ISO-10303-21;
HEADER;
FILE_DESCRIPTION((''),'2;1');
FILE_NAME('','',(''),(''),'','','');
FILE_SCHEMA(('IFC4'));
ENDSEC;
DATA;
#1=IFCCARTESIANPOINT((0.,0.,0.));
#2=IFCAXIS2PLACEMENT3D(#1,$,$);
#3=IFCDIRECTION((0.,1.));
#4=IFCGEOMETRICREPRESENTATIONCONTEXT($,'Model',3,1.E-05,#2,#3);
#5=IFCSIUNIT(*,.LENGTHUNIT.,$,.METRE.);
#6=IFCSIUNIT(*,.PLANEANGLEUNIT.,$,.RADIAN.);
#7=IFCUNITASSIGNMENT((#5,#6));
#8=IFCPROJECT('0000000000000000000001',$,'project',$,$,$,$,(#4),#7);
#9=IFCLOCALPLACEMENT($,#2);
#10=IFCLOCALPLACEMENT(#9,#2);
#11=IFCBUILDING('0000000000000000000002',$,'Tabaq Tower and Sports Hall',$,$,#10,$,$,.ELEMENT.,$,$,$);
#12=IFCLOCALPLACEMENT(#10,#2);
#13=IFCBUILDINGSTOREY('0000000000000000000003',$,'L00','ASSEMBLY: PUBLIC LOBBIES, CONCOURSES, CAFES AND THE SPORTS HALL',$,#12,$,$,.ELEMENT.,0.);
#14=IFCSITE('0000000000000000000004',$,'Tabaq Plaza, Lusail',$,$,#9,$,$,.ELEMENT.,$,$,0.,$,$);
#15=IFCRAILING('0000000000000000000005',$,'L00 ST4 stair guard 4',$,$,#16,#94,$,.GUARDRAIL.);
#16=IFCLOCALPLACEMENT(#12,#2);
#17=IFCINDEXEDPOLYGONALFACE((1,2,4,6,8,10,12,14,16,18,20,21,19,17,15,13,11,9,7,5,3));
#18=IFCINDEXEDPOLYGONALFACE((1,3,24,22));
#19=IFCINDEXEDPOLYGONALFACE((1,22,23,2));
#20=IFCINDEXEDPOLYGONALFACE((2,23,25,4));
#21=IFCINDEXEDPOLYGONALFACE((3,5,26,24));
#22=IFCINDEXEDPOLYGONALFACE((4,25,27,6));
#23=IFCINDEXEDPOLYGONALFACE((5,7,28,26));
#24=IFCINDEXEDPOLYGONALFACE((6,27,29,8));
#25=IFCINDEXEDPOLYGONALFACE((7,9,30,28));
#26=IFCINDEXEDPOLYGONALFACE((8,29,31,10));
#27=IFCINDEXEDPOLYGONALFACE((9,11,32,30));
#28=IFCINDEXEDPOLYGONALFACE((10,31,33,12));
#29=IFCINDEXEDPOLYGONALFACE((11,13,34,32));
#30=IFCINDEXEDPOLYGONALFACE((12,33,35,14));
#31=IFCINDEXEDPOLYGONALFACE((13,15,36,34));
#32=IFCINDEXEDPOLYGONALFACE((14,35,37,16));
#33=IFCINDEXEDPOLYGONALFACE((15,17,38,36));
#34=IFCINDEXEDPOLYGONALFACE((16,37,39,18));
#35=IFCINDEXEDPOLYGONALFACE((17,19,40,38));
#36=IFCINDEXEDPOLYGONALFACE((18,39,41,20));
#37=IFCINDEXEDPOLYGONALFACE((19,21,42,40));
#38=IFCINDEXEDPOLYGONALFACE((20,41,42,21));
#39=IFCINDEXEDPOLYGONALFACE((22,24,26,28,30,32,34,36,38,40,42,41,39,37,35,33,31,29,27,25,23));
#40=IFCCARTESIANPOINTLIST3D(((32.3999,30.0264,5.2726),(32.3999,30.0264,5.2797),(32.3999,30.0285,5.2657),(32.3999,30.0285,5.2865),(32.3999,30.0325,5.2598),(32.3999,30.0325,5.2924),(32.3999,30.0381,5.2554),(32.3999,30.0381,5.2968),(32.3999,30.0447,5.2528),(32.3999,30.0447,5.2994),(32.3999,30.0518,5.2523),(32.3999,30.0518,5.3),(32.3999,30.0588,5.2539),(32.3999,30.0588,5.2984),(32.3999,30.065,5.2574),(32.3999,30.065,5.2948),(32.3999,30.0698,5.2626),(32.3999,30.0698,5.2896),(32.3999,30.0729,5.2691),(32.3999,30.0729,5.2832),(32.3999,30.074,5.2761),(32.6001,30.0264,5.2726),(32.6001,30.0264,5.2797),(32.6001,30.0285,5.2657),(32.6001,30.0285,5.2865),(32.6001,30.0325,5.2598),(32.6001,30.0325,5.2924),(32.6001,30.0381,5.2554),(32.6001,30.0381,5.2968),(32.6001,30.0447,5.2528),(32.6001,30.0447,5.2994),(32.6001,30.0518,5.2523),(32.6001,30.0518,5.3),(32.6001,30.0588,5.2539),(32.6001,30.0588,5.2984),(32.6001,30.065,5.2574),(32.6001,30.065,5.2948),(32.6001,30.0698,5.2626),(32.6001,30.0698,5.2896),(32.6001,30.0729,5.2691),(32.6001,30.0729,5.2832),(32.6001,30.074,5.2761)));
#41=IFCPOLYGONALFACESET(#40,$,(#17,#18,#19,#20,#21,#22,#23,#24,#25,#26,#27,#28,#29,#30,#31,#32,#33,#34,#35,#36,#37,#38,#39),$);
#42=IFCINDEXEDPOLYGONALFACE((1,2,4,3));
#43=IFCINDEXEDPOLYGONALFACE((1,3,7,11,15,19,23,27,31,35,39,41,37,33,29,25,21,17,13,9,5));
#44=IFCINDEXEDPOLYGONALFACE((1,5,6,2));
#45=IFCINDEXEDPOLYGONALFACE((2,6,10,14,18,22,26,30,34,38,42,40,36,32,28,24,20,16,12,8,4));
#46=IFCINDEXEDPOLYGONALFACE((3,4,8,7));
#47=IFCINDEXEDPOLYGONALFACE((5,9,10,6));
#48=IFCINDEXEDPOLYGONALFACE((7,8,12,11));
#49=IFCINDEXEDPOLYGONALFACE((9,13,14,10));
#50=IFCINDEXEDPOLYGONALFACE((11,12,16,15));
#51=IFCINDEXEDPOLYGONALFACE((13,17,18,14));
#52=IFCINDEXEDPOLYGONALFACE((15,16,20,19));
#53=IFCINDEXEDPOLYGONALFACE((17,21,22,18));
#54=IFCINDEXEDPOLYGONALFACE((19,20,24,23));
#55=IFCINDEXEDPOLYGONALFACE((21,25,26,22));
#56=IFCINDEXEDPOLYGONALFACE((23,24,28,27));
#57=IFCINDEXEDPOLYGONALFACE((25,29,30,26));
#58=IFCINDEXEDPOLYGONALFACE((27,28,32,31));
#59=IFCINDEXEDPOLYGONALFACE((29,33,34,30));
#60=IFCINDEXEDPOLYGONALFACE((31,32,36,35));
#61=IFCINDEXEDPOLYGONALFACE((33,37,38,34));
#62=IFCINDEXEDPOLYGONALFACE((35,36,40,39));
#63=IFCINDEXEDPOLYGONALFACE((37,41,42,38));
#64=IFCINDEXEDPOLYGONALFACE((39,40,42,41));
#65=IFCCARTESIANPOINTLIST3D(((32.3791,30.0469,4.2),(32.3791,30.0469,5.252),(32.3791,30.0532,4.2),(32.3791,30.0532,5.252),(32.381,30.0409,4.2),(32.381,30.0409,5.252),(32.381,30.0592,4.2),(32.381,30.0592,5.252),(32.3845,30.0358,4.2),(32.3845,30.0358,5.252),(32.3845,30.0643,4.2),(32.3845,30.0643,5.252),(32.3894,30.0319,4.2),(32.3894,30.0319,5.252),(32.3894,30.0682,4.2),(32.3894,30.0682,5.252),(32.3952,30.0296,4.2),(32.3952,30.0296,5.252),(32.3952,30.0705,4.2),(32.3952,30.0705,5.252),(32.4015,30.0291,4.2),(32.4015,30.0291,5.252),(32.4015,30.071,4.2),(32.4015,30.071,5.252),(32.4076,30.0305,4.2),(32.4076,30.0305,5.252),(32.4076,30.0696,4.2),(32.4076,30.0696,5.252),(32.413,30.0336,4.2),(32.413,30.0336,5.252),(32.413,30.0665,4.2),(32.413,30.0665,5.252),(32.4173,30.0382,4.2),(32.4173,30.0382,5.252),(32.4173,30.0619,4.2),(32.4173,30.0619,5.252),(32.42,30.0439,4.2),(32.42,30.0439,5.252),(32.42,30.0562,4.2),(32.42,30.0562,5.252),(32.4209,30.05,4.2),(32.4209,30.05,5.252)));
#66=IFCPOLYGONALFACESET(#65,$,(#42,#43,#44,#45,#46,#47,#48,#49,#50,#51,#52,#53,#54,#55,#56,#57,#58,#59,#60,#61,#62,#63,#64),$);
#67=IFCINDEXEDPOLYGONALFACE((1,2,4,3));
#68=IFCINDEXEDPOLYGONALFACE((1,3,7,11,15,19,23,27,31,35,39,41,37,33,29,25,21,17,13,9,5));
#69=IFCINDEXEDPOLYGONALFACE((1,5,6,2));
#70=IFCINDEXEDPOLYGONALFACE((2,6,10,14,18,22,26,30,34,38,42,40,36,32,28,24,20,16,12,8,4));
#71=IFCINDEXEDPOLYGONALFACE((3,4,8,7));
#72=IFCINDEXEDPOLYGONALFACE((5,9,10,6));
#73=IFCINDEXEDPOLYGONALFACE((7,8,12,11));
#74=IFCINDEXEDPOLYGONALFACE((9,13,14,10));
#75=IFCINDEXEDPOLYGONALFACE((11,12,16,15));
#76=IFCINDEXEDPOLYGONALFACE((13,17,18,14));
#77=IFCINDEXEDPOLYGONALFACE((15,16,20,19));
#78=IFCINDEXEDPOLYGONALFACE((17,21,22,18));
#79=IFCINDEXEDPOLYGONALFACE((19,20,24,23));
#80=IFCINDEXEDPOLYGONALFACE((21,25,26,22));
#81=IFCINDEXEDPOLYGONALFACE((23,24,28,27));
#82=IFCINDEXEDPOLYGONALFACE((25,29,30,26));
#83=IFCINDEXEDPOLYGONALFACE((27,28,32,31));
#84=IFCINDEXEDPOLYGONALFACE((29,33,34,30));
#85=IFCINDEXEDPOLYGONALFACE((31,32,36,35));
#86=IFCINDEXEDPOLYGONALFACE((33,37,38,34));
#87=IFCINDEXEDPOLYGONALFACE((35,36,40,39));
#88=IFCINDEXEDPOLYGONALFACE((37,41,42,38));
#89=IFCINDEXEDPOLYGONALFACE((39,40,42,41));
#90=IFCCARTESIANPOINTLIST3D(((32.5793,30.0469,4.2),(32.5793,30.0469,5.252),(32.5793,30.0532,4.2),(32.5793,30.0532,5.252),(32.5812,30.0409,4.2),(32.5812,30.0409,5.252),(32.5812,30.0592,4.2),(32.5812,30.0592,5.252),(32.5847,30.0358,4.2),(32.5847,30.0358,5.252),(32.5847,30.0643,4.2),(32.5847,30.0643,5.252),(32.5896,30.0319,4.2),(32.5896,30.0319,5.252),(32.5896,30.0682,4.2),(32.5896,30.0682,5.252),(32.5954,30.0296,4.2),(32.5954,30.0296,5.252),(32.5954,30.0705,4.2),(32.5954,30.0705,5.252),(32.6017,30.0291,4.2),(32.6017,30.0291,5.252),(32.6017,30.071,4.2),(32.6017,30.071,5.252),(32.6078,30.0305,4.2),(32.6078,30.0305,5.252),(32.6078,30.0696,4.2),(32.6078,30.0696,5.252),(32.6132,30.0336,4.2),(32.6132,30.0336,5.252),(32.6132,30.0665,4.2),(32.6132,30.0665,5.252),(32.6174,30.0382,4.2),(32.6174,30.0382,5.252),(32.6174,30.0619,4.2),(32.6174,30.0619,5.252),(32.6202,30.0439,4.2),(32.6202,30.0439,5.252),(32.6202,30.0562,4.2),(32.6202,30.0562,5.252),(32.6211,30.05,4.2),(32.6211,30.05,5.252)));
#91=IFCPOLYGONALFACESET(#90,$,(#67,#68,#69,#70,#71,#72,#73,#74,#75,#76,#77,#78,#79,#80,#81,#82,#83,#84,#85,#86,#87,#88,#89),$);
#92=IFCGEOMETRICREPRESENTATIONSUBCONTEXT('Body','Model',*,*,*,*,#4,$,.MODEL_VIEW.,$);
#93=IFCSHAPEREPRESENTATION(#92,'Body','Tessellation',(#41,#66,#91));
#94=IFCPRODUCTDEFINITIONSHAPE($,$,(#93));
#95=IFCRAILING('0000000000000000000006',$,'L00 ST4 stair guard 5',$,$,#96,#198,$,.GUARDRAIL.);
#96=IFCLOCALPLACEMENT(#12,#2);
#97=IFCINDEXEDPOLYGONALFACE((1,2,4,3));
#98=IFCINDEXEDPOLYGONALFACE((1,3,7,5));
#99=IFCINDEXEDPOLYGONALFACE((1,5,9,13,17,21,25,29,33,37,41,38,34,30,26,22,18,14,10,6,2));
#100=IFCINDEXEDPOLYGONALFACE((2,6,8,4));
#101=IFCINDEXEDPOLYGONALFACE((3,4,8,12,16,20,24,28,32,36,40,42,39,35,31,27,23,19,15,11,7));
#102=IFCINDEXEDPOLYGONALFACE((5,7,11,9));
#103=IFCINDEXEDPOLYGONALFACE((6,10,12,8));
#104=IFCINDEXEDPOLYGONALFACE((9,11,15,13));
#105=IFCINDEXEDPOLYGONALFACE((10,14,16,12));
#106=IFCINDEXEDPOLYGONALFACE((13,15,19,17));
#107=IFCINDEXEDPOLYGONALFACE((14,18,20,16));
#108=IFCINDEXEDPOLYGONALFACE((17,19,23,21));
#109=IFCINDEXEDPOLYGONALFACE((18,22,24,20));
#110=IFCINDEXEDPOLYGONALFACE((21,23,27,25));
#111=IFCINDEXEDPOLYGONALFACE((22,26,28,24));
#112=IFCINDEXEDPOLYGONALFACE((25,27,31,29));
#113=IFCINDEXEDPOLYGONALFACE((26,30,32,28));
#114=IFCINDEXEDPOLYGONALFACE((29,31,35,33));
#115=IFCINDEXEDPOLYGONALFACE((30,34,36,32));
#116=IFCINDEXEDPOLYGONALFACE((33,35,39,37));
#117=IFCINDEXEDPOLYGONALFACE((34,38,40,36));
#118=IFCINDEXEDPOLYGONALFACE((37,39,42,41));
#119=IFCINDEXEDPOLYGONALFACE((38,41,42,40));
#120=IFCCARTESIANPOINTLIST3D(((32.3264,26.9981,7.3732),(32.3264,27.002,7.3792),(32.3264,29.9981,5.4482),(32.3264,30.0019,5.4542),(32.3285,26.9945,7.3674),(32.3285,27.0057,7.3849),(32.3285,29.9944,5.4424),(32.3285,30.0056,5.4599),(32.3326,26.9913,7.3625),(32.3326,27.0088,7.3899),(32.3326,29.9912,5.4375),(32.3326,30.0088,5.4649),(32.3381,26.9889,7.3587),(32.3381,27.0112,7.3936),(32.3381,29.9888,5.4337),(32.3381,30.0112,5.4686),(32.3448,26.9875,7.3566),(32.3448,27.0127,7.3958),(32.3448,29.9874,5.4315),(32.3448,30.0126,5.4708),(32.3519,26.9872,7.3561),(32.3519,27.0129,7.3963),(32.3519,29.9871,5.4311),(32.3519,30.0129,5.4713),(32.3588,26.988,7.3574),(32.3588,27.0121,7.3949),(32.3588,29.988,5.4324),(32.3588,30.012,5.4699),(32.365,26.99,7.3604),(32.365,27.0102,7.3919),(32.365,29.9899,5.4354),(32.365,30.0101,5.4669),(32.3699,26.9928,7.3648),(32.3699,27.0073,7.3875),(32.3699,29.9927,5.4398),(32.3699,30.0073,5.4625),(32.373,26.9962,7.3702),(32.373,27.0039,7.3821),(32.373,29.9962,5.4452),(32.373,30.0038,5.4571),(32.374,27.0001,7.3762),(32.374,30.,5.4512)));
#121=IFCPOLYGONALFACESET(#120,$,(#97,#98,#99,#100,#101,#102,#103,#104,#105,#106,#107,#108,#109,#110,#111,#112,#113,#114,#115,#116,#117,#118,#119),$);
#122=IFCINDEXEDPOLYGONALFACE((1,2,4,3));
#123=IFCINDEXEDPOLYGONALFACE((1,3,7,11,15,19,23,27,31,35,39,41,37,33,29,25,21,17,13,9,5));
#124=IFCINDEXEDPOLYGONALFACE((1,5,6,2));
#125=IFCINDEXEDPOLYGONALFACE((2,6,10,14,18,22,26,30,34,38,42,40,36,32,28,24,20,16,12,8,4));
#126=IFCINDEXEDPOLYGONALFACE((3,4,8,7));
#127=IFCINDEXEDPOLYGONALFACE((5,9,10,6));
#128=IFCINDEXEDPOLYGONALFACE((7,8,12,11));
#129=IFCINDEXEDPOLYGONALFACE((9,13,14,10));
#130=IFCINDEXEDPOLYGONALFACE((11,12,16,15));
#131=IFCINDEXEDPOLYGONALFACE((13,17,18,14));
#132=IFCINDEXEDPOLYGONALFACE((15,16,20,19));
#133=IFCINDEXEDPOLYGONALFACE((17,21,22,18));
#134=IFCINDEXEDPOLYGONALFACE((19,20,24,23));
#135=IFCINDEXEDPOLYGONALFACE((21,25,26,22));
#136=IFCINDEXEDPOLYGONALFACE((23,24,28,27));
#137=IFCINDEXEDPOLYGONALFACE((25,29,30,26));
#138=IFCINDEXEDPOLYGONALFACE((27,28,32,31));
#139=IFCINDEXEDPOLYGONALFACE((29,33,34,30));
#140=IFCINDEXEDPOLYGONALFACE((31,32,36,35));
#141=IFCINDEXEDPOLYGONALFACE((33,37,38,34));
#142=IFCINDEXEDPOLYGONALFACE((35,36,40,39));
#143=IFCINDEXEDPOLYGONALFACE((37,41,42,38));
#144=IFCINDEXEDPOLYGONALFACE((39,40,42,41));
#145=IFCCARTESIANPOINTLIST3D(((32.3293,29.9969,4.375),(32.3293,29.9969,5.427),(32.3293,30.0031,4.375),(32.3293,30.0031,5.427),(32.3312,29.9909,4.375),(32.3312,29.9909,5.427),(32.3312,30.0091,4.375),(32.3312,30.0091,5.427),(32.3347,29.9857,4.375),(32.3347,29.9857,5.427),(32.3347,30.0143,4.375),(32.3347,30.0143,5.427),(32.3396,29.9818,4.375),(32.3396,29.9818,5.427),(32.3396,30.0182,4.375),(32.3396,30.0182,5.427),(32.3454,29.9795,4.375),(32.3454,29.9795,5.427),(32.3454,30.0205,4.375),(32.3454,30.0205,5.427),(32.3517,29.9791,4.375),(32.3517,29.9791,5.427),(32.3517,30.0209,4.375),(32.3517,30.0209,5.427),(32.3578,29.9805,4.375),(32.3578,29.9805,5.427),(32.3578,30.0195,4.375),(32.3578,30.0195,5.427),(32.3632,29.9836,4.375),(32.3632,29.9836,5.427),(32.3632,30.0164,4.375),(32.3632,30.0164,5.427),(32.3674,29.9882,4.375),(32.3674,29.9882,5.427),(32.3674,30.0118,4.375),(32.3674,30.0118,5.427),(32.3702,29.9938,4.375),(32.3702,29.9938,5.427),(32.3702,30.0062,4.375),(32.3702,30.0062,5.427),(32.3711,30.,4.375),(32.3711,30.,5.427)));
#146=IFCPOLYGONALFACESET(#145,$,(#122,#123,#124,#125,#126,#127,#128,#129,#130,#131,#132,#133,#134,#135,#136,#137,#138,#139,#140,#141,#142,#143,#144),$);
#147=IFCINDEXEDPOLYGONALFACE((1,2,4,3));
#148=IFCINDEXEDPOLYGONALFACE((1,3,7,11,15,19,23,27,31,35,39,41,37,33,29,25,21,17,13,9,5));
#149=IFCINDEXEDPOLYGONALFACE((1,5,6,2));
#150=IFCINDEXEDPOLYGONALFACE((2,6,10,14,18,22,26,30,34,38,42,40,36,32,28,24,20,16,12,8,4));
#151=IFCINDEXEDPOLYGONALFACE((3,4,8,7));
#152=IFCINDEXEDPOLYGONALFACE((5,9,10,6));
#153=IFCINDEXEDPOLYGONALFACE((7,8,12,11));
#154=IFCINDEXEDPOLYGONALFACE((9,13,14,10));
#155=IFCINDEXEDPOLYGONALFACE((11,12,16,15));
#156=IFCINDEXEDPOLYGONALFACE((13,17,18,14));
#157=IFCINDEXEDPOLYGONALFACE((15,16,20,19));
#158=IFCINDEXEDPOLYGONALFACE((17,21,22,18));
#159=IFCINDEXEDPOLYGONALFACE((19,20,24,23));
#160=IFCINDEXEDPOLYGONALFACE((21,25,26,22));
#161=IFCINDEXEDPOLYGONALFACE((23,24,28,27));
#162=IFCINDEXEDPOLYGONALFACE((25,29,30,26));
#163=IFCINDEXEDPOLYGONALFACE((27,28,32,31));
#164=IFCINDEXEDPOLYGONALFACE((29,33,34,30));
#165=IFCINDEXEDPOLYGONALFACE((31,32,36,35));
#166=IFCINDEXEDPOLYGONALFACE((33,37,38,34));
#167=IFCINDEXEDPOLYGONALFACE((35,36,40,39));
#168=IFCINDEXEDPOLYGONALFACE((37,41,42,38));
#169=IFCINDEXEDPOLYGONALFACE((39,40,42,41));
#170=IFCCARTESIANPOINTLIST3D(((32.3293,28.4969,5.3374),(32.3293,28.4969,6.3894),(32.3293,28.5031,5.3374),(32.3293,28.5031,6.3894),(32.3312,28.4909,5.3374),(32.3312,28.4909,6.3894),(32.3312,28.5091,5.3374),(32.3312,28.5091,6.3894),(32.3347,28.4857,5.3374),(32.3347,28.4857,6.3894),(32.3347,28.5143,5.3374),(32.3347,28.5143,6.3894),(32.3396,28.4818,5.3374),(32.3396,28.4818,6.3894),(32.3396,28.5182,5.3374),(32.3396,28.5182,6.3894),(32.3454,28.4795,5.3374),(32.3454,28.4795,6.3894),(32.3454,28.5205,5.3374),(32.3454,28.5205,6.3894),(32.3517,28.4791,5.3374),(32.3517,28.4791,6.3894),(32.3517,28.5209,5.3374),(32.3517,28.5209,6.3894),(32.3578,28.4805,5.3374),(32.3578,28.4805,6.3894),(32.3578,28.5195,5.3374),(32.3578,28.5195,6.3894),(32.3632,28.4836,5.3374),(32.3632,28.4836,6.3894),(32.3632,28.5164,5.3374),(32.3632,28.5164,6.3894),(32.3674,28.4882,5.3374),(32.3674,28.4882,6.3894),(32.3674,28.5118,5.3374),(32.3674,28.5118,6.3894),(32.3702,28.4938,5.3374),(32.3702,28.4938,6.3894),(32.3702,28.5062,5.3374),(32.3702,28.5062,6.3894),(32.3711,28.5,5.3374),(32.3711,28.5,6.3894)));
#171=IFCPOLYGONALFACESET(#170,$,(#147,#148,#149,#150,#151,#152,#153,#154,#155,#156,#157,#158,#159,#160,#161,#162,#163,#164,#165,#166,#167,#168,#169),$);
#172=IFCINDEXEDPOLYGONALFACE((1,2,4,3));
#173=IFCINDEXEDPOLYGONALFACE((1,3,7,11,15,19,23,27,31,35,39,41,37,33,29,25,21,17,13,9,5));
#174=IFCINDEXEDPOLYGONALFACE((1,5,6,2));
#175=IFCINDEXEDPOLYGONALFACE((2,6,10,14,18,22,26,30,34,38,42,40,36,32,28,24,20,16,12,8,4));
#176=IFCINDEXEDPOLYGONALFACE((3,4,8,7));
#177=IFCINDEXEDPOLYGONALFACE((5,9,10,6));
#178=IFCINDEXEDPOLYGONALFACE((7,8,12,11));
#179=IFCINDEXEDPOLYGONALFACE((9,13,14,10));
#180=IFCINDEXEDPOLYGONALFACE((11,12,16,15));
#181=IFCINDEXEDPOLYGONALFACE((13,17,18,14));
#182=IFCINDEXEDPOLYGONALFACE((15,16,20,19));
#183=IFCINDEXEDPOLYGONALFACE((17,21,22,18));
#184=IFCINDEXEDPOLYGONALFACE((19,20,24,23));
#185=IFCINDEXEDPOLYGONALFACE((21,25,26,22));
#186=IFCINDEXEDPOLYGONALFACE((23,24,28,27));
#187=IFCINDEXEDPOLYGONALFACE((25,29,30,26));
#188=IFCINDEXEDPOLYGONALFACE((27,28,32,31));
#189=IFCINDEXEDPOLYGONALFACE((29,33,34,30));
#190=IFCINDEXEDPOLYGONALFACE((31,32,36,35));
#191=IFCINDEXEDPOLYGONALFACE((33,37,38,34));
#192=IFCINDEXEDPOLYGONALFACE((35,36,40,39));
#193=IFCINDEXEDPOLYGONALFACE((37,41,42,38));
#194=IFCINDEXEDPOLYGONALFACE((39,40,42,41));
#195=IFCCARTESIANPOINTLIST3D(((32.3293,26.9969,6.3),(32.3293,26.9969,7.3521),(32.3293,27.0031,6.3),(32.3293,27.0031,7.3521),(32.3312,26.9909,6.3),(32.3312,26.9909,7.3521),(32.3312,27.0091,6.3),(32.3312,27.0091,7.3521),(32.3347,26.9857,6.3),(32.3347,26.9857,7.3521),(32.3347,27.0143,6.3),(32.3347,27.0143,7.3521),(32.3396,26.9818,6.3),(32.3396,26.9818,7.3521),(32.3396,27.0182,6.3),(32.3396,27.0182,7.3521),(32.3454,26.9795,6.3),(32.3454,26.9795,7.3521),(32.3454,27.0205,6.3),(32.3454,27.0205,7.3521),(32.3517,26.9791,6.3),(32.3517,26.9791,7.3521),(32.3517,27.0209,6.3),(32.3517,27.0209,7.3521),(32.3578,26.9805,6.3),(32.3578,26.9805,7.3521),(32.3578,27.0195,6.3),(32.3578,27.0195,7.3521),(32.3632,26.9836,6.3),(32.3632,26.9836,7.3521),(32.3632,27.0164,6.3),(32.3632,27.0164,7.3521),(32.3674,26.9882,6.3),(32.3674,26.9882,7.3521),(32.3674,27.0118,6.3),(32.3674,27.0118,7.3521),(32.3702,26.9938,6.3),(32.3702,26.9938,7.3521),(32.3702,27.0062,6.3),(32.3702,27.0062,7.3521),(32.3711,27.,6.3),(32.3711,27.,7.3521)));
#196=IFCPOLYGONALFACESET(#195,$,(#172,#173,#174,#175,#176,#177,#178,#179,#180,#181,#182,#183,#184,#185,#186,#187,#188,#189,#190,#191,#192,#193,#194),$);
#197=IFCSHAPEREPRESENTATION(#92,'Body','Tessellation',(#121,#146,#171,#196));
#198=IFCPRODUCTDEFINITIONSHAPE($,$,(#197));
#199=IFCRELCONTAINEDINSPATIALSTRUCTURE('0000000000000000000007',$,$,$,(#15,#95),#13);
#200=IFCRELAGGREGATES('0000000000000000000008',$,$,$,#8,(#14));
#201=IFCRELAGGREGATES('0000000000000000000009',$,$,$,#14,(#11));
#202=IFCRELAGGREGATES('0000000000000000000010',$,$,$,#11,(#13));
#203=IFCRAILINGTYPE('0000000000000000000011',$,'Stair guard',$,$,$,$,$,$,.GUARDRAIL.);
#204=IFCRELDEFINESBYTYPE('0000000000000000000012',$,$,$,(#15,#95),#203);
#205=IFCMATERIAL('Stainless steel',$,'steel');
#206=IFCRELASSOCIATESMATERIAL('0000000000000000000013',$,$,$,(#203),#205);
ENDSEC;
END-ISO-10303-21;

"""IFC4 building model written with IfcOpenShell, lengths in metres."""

from ifc_helpers import new_model, si_unit, direction, frame, origin, origin_2d, place, context, subcontext, project, spatial, circle, extrude, material, type_object, element, save


model = new_model("IFC4")

# Units and contexts
model_context = context("Model", 3, precision=1e-05, world=origin(), true_north=direction((0.0, 1.0)))
body_context = subcontext(model_context, "Body", "Model", "MODEL_VIEW")
ifc_project = project(units=[si_unit("LENGTHUNIT", "METRE"), si_unit("PLANEANGLEUNIT", "RADIAN")], contexts=[model_context])

# Site, building, storey
site_placement = place(None, origin())
site = spatial("IfcSite", under=ifc_project, at=site_placement, Name="Tabaq Plaza, Lusail", CompositionType="ELEMENT", RefElevation=0.0)
building_placement = place(site_placement, origin())
building = spatial("IfcBuilding", under=site, at=building_placement, Name="Tabaq Tower and Sports Hall", CompositionType="ELEMENT")
storey_placement = place(building_placement, origin())
storey = spatial("IfcBuildingStorey", under=building, at=storey_placement, Name="L00", Description="ASSEMBLY: PUBLIC LOBBIES, CONCOURSES, CAFES AND THE SPORTS HALL", CompositionType="ELEMENT", Elevation=0.0)

# Railings
ifc_material_1 = material(Name="Stainless steel", Category="steel")
railing_type = type_object("IfcRailingType", Name="Stair guard", PredefinedType="GUARDRAIL", material=ifc_material_1)
railing_1_placement = place(storey_placement, frame((32.3999, 30.05, 4.2)))
element("IfcRailing", 1, at=railing_1_placement, inside=storey, type_object=railing_type, Name="L00 ST4 stair guard 4", PredefinedType="GUARDRAIL", context=body_context, shape_type="SweptSolid", body=[
    extrude(circle(Radius=0.0239, at=origin_2d()), frame((0.0, 0.0, 1.0762), z_axis=(1.0, 0.0, 0.0), x_axis=(0.0, 1.0, 0.0)), (0.0, 0.0, 1.0), 0.2002),
    extrude(circle(Radius=0.021, at=origin_2d()), origin(), (0.0, 0.0, 1.0), 1.052),
    extrude(circle(Radius=0.021, at=origin_2d()), frame((0.2002, 0.0, 0.0)), (0.0, 0.0, 1.0), 1.052),
])
railing_2_placement = place(storey_placement, frame((32.3501, 30.0, 4.375)))
element("IfcRailing", 2, at=railing_2_placement, inside=storey, type_object=railing_type, Name="L00 ST4 stair guard 5", PredefinedType="GUARDRAIL", context=body_context, shape_type="SweptSolid", body=[
    extrude(circle(Radius=0.0239, at=origin_2d()), frame((0.0, 0.0, 1.0762), z_axis=(0.0, -0.841628, 0.540058), x_axis=(1.0, 0.0, 0.0)), (0.0, 0.0, 1.0), 3.5645),
    extrude(circle(Radius=0.021, at=origin_2d()), origin(), (0.0, 0.0, 1.0), 1.052),
    extrude(circle(Radius=0.021, at=origin_2d()), frame((0.0, -1.5, 0.9624)), (0.0, 0.0, 1.0), 1.052),
    extrude(circle(Radius=0.021, at=origin_2d()), frame((0.0, -3.0, 1.925)), (0.0, 0.0, 1.0), 1.052),
])

save(model, "model.ifc")
